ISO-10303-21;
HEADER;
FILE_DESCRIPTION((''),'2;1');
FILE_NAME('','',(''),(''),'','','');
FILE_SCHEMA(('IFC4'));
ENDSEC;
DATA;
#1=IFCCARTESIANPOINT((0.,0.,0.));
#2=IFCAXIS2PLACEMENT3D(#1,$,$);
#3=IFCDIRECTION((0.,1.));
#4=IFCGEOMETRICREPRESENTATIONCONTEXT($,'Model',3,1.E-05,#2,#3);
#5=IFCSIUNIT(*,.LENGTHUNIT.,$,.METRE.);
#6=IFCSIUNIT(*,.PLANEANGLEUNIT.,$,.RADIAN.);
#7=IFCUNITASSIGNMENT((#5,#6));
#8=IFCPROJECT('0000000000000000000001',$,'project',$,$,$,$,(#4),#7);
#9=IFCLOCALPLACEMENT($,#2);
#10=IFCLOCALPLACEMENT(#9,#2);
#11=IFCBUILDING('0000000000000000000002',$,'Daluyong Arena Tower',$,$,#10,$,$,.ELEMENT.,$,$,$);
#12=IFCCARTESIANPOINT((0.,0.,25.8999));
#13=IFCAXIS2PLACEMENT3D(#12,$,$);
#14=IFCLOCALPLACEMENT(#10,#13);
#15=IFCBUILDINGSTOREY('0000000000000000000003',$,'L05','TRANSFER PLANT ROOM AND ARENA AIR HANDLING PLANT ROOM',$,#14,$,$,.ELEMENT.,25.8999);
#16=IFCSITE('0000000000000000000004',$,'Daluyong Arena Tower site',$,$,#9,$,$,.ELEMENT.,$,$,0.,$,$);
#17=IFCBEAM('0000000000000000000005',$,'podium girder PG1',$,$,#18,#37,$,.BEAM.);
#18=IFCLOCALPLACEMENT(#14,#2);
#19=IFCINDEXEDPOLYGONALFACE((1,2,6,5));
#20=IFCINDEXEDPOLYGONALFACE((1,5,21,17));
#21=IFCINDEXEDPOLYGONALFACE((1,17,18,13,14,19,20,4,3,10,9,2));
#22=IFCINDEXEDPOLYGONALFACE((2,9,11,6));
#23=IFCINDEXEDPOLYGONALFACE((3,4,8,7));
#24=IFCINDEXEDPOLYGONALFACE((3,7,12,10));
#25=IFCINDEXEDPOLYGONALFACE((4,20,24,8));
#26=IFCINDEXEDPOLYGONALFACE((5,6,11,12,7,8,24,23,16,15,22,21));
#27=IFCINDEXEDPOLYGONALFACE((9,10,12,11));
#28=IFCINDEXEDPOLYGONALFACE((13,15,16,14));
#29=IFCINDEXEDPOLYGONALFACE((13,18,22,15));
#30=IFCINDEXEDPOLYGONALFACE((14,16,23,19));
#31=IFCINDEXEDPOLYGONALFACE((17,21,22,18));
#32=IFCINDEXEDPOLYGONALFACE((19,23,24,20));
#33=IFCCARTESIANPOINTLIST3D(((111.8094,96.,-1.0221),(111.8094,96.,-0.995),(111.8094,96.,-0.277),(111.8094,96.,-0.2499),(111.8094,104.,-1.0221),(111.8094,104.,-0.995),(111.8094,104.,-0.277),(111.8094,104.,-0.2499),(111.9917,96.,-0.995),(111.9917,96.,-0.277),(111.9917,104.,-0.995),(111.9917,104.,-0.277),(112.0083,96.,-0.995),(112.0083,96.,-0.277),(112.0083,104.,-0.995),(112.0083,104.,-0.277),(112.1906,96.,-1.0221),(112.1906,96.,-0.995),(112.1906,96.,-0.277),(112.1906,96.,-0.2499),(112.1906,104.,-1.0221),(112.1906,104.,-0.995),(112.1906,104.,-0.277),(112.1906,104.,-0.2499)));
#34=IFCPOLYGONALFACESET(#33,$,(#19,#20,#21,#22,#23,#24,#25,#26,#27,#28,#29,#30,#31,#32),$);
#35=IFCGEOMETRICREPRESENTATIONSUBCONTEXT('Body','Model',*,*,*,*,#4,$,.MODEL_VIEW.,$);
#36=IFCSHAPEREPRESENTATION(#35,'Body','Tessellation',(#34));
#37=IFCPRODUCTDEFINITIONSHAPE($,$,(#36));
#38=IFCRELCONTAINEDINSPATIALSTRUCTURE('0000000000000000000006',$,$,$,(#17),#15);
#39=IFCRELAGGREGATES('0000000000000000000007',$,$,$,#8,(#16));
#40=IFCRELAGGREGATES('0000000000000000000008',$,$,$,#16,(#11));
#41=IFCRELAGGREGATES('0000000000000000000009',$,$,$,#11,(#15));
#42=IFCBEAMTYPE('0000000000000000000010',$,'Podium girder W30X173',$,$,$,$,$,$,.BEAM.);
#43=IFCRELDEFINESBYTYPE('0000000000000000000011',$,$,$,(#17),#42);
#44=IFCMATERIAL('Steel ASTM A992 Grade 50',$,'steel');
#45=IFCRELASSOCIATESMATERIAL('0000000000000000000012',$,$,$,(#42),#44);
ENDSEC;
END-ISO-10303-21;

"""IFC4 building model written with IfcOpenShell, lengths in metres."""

from ifc_helpers import new_model, si_unit, direction, frame, origin, origin_2d, place, context, subcontext, project, spatial, i_section, extrude, material, material_profile, profile_set, type_object, element, save


model = new_model("IFC4")

# Units and contexts
model_context = context("Model", 3, precision=1e-05, world=origin(), true_north=direction((0.0, 1.0)))
body_context = subcontext(model_context, "Body", "Model", "MODEL_VIEW")
ifc_project = project(units=[si_unit("LENGTHUNIT", "METRE"), si_unit("PLANEANGLEUNIT", "RADIAN")], contexts=[model_context])

# Site, building, storey
site_placement = place(None, origin())
site = spatial("IfcSite", under=ifc_project, at=site_placement, Name="Daluyong Arena Tower site", CompositionType="ELEMENT", RefElevation=0.0)
building_placement = place(site_placement, origin())
building = spatial("IfcBuilding", under=site, at=building_placement, Name="Daluyong Arena Tower", CompositionType="ELEMENT")
storey_placement = place(building_placement, frame((0.0, 0.0, 25.8999)))
storey = spatial("IfcBuildingStorey", under=building, at=storey_placement, Name="L05", Description="TRANSFER PLANT ROOM AND ARENA AIR HANDLING PLANT ROOM", CompositionType="ELEMENT", Elevation=25.8999)

# Beam
ifc_material_1 = material(Name="Steel ASTM A992 Grade 50", Category="steel")
ifc_material_profile_1 = material_profile(ifc_material_1, i_section(OverallWidth=0.3811, OverallDepth=0.7722, WebThickness=0.0166, FlangeThickness=0.0271, at=origin_2d()))
ifc_profile_set_1 = profile_set([ifc_material_profile_1], Name="Steel ASTM A992 Grade 50")
beam_type_1 = type_object("IfcBeamType", Name="Podium girder W30X173", PredefinedType="BEAM", material=ifc_profile_set_1)
for number, where, z_axis, x_axis, name in (
    (1, (112.0, 96.0, -0.636), (0.0, 1.0, 0.0), (-1.0, 0.0, 0.0), "podium girder PG1"),
):
    element("IfcBeam", number, at=place(storey_placement, frame(where, z_axis=z_axis, x_axis=x_axis)), inside=storey, type_object=beam_type_1, Name=name, PredefinedType="BEAM", context=body_context, shape_type="SweptSolid", body=[
        extrude(i_section(OverallWidth=0.3811, OverallDepth=0.7722, WebThickness=0.0166, FlangeThickness=0.0271, at=origin_2d()), origin(), (0.0, 0.0, 1.0), 8.0),
    ])

save(model, "model.ifc")
